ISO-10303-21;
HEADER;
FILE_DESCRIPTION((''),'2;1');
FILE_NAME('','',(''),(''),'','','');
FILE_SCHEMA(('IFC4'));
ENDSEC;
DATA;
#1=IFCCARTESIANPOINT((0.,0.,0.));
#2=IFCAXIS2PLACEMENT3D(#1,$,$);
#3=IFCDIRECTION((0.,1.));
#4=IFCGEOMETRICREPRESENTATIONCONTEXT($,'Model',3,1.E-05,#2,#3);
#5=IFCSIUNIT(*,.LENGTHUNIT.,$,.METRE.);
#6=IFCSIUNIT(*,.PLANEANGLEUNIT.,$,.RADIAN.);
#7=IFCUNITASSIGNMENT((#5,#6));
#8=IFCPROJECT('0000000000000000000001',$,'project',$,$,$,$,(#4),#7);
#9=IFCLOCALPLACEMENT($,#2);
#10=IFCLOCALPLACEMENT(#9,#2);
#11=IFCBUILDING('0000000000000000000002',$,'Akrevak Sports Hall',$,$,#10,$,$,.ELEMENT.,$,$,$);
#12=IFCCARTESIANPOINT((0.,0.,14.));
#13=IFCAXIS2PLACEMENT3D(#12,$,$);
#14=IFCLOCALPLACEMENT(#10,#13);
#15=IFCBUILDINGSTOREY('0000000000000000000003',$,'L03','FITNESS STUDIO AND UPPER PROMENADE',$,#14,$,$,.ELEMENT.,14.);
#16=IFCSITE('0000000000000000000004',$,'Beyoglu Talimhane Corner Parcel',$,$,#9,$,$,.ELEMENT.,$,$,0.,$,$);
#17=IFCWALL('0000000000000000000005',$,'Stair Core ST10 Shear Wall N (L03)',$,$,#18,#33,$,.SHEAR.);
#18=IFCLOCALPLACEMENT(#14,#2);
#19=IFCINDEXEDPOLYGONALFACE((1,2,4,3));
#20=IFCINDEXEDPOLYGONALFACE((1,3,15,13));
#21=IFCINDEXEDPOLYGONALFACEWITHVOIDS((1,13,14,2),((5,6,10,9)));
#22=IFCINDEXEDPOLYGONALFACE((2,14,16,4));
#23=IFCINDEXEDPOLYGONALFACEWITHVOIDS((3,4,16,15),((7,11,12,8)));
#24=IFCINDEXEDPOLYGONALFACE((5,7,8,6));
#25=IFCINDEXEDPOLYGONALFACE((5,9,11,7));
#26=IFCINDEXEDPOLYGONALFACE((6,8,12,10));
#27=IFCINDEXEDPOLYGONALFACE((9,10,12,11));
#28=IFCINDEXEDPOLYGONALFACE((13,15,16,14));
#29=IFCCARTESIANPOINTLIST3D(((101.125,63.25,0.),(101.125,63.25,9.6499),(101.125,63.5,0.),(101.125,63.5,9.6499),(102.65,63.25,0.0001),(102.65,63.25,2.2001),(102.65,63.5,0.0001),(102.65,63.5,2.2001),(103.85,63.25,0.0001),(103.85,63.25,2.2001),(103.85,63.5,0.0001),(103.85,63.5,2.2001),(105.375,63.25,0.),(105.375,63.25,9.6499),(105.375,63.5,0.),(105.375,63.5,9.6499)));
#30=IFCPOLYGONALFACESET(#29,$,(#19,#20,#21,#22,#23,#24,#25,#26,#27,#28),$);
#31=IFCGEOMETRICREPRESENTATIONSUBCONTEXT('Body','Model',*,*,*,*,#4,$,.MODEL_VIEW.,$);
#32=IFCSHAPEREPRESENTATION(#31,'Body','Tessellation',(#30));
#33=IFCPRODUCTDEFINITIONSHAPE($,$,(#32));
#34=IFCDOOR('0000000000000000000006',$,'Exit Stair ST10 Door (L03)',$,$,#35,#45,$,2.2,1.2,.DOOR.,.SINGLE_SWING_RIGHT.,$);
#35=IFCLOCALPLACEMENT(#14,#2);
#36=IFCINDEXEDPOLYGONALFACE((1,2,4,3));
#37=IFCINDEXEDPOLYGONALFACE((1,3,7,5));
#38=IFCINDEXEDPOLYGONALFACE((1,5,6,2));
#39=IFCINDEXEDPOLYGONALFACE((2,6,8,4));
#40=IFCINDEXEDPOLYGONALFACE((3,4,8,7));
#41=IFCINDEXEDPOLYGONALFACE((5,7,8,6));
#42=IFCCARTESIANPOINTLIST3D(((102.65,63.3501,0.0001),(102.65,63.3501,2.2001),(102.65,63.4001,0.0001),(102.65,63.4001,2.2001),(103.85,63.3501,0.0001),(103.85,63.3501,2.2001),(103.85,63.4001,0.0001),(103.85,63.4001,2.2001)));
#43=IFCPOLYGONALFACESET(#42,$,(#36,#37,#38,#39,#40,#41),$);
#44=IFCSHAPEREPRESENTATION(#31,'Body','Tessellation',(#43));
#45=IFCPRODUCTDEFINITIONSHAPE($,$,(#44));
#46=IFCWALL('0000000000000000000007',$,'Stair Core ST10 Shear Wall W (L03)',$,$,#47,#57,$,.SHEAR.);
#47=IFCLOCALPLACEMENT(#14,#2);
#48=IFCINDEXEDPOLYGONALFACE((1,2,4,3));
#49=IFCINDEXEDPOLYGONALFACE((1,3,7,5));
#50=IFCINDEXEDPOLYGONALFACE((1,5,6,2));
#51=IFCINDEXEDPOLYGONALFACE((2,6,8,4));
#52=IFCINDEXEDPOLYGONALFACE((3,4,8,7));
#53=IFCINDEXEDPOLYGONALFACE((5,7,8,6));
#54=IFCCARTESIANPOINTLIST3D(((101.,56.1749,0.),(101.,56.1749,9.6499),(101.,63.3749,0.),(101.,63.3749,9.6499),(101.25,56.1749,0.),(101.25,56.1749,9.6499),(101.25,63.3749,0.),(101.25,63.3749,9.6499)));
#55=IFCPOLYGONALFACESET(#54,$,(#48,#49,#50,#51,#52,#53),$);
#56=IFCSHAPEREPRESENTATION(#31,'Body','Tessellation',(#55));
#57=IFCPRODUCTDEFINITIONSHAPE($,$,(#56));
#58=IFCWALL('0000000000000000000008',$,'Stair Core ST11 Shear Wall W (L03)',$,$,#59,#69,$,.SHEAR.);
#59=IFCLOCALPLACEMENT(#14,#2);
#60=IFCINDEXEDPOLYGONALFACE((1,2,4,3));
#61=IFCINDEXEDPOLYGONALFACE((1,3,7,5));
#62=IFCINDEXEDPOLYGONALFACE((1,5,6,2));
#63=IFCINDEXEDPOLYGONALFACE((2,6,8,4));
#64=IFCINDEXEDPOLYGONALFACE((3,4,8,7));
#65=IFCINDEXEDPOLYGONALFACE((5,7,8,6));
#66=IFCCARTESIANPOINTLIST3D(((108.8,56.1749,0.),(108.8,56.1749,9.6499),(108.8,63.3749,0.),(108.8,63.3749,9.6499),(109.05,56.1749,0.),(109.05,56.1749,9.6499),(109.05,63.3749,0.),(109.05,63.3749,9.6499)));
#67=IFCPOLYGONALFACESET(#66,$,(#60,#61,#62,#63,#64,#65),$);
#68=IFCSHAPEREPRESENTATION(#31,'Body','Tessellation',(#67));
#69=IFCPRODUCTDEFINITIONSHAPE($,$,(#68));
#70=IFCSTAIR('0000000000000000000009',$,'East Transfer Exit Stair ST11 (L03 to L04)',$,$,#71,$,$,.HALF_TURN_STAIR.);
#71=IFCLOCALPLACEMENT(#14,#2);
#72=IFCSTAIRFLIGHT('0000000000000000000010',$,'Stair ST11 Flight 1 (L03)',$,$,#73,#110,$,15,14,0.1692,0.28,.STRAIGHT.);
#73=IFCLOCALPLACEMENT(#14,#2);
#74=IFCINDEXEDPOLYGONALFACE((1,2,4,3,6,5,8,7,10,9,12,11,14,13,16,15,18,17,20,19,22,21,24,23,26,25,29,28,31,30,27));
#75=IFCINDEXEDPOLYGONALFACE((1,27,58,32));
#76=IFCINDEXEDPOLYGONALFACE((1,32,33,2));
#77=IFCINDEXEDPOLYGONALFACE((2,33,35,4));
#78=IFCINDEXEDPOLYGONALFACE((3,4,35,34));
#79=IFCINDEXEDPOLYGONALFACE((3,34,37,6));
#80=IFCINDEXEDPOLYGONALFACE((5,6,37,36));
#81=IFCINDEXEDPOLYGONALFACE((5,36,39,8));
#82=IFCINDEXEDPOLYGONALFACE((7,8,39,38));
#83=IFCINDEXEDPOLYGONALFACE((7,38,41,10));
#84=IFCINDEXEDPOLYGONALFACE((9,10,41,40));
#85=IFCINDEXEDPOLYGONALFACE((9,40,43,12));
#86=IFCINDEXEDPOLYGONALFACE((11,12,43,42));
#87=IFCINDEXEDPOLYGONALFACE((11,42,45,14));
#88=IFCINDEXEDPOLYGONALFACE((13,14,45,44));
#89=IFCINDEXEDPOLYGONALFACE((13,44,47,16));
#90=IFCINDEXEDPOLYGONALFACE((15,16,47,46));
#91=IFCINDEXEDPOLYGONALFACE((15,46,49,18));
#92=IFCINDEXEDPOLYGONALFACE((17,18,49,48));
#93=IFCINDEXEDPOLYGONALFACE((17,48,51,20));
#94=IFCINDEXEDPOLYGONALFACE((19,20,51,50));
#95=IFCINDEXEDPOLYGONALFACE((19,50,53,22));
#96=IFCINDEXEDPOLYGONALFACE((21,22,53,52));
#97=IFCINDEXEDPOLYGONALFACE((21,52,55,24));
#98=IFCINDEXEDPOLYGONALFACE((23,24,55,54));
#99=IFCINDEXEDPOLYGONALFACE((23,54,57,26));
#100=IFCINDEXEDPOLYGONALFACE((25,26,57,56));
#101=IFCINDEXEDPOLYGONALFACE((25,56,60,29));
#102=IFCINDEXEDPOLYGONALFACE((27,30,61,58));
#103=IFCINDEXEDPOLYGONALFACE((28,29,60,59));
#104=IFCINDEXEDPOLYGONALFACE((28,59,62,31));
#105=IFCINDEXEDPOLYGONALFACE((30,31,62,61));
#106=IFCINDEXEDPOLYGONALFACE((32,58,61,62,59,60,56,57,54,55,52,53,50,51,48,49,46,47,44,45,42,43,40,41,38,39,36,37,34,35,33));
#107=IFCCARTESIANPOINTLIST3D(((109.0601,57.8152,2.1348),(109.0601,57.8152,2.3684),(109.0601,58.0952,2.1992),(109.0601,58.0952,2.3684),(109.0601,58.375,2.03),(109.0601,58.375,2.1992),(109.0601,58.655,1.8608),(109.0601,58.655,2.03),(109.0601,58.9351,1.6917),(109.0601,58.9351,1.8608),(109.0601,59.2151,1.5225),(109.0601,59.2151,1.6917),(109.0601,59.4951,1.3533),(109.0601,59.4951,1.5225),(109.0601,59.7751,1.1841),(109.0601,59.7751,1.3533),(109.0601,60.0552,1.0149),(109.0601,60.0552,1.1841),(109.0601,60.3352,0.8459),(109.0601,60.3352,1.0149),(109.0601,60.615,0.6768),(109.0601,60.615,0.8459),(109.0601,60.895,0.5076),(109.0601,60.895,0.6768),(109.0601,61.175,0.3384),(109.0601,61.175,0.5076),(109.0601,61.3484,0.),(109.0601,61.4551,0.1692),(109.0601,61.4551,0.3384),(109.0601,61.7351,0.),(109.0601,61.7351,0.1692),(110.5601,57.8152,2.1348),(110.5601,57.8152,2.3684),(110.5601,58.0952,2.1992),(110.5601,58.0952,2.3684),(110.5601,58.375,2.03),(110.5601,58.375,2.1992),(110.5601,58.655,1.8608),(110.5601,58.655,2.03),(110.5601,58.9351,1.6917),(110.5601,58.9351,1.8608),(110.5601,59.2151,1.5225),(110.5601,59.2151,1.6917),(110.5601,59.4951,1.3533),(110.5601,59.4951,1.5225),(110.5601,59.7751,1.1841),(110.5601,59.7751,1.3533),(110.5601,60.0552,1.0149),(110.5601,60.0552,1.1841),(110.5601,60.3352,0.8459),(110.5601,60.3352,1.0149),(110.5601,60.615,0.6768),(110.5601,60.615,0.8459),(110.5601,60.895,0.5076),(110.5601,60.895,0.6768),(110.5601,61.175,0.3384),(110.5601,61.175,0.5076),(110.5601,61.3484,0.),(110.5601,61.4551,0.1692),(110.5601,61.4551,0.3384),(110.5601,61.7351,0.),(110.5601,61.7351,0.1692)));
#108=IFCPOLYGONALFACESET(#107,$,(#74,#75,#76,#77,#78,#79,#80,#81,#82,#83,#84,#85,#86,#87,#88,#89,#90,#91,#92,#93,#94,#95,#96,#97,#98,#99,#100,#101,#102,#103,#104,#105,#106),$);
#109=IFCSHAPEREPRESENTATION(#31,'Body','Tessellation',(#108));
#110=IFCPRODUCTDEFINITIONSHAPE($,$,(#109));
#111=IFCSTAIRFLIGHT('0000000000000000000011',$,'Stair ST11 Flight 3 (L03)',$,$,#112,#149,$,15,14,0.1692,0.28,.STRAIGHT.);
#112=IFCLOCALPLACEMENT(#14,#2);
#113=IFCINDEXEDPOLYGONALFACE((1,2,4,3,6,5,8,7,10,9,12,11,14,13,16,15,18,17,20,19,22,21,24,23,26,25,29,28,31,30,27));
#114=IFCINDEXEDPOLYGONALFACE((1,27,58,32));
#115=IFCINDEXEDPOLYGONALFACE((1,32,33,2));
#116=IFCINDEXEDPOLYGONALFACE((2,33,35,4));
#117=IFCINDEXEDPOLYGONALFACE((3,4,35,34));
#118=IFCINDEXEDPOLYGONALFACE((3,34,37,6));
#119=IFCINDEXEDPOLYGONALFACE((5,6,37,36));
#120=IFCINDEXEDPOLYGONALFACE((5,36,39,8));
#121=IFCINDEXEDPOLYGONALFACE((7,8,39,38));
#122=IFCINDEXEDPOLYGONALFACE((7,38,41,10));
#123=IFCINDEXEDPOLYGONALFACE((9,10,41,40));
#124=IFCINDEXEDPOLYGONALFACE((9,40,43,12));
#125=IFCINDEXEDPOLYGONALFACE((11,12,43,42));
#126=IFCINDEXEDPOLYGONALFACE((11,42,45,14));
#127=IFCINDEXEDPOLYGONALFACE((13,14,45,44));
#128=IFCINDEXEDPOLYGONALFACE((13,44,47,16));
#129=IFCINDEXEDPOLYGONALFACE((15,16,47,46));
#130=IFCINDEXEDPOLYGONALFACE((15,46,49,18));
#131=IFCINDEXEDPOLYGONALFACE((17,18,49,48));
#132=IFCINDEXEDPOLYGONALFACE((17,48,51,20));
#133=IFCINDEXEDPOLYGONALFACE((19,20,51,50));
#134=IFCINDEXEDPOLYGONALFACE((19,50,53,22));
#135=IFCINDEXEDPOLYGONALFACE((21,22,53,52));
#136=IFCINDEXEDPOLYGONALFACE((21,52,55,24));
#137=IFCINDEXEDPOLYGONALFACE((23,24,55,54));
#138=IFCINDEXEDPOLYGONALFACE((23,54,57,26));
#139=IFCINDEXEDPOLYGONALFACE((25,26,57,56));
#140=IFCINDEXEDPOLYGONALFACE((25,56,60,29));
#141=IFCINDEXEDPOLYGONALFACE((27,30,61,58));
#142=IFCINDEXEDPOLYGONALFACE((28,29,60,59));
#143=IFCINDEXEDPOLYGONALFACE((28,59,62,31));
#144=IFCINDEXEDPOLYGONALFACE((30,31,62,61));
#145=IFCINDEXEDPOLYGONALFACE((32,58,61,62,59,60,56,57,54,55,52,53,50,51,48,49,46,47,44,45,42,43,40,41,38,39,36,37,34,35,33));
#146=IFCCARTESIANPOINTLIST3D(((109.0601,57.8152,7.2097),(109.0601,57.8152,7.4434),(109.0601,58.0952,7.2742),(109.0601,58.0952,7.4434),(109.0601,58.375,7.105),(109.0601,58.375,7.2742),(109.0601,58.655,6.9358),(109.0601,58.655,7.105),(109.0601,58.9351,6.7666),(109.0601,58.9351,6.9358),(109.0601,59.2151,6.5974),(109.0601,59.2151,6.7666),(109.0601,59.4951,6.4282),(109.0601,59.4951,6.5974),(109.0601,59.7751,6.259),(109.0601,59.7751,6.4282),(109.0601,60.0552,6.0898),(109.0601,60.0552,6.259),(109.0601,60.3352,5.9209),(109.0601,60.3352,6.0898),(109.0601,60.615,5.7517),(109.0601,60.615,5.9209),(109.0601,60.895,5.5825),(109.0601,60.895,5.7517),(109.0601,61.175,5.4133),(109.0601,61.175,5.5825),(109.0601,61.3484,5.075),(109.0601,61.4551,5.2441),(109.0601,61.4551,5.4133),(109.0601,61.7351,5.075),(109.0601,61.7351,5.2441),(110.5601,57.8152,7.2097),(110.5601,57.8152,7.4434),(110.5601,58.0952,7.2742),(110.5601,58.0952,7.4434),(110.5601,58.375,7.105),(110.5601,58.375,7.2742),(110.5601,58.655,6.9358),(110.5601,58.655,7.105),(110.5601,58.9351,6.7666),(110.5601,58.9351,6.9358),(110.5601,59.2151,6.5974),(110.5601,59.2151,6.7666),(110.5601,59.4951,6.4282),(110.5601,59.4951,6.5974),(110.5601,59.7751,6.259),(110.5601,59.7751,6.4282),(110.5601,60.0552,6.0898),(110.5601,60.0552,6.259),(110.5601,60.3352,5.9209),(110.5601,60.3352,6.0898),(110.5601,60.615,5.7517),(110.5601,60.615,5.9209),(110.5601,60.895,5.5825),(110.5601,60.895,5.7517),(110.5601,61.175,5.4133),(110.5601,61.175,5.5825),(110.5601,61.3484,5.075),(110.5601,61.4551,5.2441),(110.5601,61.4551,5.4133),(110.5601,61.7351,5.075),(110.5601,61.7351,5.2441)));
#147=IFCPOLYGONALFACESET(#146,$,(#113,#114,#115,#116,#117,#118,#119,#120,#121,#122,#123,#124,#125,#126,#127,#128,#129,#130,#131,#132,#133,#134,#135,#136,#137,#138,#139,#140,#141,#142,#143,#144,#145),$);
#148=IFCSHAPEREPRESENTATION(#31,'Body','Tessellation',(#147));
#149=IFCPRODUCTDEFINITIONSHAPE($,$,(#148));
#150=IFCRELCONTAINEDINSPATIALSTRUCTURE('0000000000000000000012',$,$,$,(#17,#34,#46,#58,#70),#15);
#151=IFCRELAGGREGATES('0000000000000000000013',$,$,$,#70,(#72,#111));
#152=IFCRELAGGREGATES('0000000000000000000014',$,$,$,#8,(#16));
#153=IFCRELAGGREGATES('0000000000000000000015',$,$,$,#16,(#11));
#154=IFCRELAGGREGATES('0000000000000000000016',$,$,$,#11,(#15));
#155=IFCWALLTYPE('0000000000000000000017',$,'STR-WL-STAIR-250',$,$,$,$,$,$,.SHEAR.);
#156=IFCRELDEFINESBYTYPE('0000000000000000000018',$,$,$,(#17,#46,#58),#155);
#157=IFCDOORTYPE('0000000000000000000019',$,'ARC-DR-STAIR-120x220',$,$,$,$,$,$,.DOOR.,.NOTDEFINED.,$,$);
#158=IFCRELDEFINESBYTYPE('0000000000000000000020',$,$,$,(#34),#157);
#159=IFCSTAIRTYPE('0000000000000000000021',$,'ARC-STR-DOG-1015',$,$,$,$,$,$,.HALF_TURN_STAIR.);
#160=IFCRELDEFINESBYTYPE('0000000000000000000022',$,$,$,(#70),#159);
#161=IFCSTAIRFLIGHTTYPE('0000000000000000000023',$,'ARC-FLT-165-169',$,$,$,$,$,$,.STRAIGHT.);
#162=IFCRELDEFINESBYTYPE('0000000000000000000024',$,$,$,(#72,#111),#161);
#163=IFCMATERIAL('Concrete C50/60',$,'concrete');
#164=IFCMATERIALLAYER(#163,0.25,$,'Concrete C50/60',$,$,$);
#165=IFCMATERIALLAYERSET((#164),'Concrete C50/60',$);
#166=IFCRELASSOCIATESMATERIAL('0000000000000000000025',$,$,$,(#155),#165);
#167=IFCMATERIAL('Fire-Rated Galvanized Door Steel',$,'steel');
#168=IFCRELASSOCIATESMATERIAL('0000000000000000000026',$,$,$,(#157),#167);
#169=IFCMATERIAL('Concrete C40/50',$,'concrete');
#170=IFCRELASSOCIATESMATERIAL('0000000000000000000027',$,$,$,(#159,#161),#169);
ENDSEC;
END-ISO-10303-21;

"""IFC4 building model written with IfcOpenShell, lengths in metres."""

from ifc_helpers import new_model, si_unit, direction, frame, frame_2d, origin, place, context, subcontext, project, spatial, polyline, rectangle, outline, extrude, material, layer, layer_set, type_object, element, fill, aggregate, save


model = new_model("IFC4")

# Units and contexts
model_context = context("Model", 3, precision=1e-05, world=origin(), true_north=direction((0.0, 1.0)))
body_context = subcontext(model_context, "Body", "Model", "MODEL_VIEW")
ifc_project = project(units=[si_unit("LENGTHUNIT", "METRE"), si_unit("PLANEANGLEUNIT", "RADIAN")], contexts=[model_context])

# Site, building, storey
site_placement = place(None, origin())
site = spatial("IfcSite", under=ifc_project, at=site_placement, Name="Beyoglu Talimhane Corner Parcel", CompositionType="ELEMENT", RefElevation=0.0)
building_placement = place(site_placement, origin())
building = spatial("IfcBuilding", under=site, at=building_placement, Name="Akrevak Sports Hall", CompositionType="ELEMENT")
storey_placement = place(building_placement, frame((0.0, 0.0, 14.0)))
storey = spatial("IfcBuildingStorey", under=building, at=storey_placement, Name="L03", Description="FITNESS STUDIO AND UPPER PROMENADE", CompositionType="ELEMENT", Elevation=14.0)

# Shared definitions
ifc_material_1 = material(Name="Concrete C50/60", Category="concrete")

# Shared definitions
ifc_material_2 = material(Name="Concrete C40/50", Category="concrete")

# Shared definitions
ifc_material_3 = material(Name="Fire-Rated Galvanized Door Steel", Category="steel")

# Shared definitions
ifc_layer_1 = layer(ifc_material_1, 0.25, Name="Concrete C50/60")
ifc_layer_set_1 = layer_set([ifc_layer_1], Name="Concrete C50/60")
wall_type_1 = type_object("IfcWallType", Name="STR-WL-STAIR-250", PredefinedType="SHEAR", material=ifc_layer_set_1)

# Wall, opening, door
wall_1_placement = place(storey_placement, frame((105.375, 63.375, 0.0), z_axis=(0.0, 0.0, 1.0), x_axis=(-1.0, 0.0, 0.0)))
wall_1 = element("IfcWall", 1, at=wall_1_placement, inside=storey, type_object=wall_type_1, Name="Stair Core ST10 Shear Wall N (L03)", PredefinedType="SHEAR", context=body_context, shape_type="SweptSolid", body=[
    extrude(rectangle(XDim=4.25, YDim=0.25, at=frame_2d((2.125, 0.0))), origin(), (0.0, 0.0, 1.0), 9.6499),
])
opening_1_placement = place(wall_1_placement, frame((1.5249, 0.0, 0.0)))
opening_1 = element("IfcOpeningElement", 2, at=opening_1_placement, cuts=wall_1, PredefinedType="OPENING", context=body_context, shape_type="SweptSolid", body=[
    extrude(rectangle(XDim=1.2, YDim=2.2, at=frame_2d((0.6001, 1.1001))), frame((0.0, 0.137, 0.0), z_axis=(0.0, -1.0, 0.0), x_axis=(1.0, 0.0, 0.0)), (0.0, 0.0, 1.0), 0.2739),
])
door_type_1 = type_object("IfcDoorType", Name="ARC-DR-STAIR-120x220", OperationType="NOTDEFINED", PredefinedType="DOOR", material=ifc_material_3)
door_1_placement = place(opening_1_placement, origin())
door_1 = element("IfcDoor", 3, at=door_1_placement, inside=storey, type_object=door_type_1, Name="Exit Stair ST10 Door (L03)", OperationType="SINGLE_SWING_RIGHT", OverallHeight=2.2, OverallWidth=1.2, PredefinedType="DOOR", context=body_context, shape_type="SweptSolid", body=[
    extrude(rectangle(XDim=1.2, YDim=2.2, at=frame_2d((0.6001, 1.1001))), frame((0.0, 0.0249, 0.0), z_axis=(0.0, -1.0, 0.0), x_axis=(1.0, 0.0, 0.0)), (0.0, 0.0, 1.0), 0.05),
])
fill(opening_1, door_1)

# Walls
for number, where, z_axis, x_axis, name in (
    (4, (101.125, 63.375, 0.0), (0.0, 0.0, 1.0), (0.0, -1.0, 0.0), "Stair Core ST10 Shear Wall W (L03)"),
    (5, (108.925, 63.375, 0.0), (0.0, 0.0, 1.0), (0.0, -1.0, 0.0), "Stair Core ST11 Shear Wall W (L03)"),
):
    element("IfcWall", number, at=place(storey_placement, frame(where, z_axis=z_axis, x_axis=x_axis)), inside=storey, type_object=wall_type_1, Name=name, PredefinedType="SHEAR", context=body_context, shape_type="SweptSolid", body=[
        extrude(rectangle(XDim=7.2, YDim=0.25, at=frame_2d((3.6001, 0.0))), origin(), (0.0, 0.0, 1.0), 9.6499),
    ])

# Stair, stair flights
stair_type = type_object("IfcStairType", Name="ARC-STR-DOG-1015", PredefinedType="HALF_TURN_STAIR", material=ifc_material_2)
stair_placement = place(storey_placement, origin())
stair = element("IfcStair", 6, at=stair_placement, inside=storey, type_object=stair_type, Name="East Transfer Exit Stair ST11 (L03 to L04)", PredefinedType="HALF_TURN_STAIR")
stair_flight_type = type_object("IfcStairFlightType", Name="ARC-FLT-165-169", PredefinedType="STRAIGHT", material=ifc_material_2)
stair_flight_1_placement = place(storey_placement, frame((109.8101, 61.7351, 0.0), z_axis=(0.0, 0.0, 1.0), x_axis=(0.0, -1.0, 0.0)))
stair_flight_1 = element("IfcStairFlight", 7, at=stair_flight_1_placement, type_object=stair_flight_type, Name="Stair ST11 Flight 1 (L03)", NumberOfRisers=15, NumberOfTreads=14, PredefinedType="STRAIGHT", RiserHeight=0.1692, TreadLength=0.28, context=body_context, shape_type="SweptSolid", body=[
    extrude(outline(polyline([(0.0, 0.0), (0.0, 0.1692), (0.28, 0.1692), (0.28, 0.3384), (0.5601, 0.3384), (0.5601, 0.5076), (0.8401, 0.5076), (0.8401, 0.6768), (1.1201, 0.6768), (1.1201, 0.8459), (1.3999, 0.8459), (1.3999, 1.0149), (1.6799, 1.0149), (1.6799, 1.1841), (1.96, 1.1841), (1.96, 1.3533), (2.24, 1.3533), (2.24, 1.5225), (2.52, 1.5225), (2.52, 1.6917), (2.8, 1.6917), (2.8, 1.8608), (3.0801, 1.8608), (3.0801, 2.03), (3.3601, 2.03), (3.3601, 2.1992), (3.6399, 2.1992), (3.6399, 2.3684), (3.9199, 2.3684), (3.9199, 2.5376), (3.9199, 2.1348), (0.3867, 0.0), (0.0, 0.0)])), frame((0.0, 0.75, 0.0), z_axis=(0.0, -1.0, 0.0), x_axis=(1.0, 0.0, 0.0)), (0.0, 0.0, 1.0), 1.5),
])
stair_flight_2_placement = place(storey_placement, frame((109.8101, 61.7351, 5.075), z_axis=(0.0, 0.0, 1.0), x_axis=(0.0, -1.0, 0.0)))
stair_flight_2 = element("IfcStairFlight", 8, at=stair_flight_2_placement, type_object=stair_flight_type, Name="Stair ST11 Flight 3 (L03)", NumberOfRisers=15, NumberOfTreads=14, PredefinedType="STRAIGHT", RiserHeight=0.1692, TreadLength=0.28, context=body_context, shape_type="SweptSolid", body=[
    extrude(outline(polyline([(0.0, 0.0), (0.0, 0.1692), (0.28, 0.1692), (0.28, 0.3384), (0.5601, 0.3384), (0.5601, 0.5076), (0.8401, 0.5076), (0.8401, 0.6768), (1.1201, 0.6768), (1.1201, 0.8459), (1.3999, 0.8459), (1.3999, 1.0149), (1.6799, 1.0149), (1.6799, 1.1841), (1.96, 1.1841), (1.96, 1.3533), (2.24, 1.3533), (2.24, 1.5225), (2.52, 1.5225), (2.52, 1.6917), (2.8, 1.6917), (2.8, 1.8608), (3.0801, 1.8608), (3.0801, 2.03), (3.3601, 2.03), (3.3601, 2.1992), (3.6399, 2.1992), (3.6399, 2.3684), (3.9199, 2.3684), (3.9199, 2.5376), (3.9199, 2.1348), (0.3867, 0.0), (0.0, 0.0)])), frame((0.0, 0.75, 0.0), z_axis=(0.0, -1.0, 0.0), x_axis=(1.0, 0.0, 0.0)), (0.0, 0.0, 1.0), 1.5),
])
aggregate(stair, [stair_flight_1, stair_flight_2])

save(model, "model.ifc")
